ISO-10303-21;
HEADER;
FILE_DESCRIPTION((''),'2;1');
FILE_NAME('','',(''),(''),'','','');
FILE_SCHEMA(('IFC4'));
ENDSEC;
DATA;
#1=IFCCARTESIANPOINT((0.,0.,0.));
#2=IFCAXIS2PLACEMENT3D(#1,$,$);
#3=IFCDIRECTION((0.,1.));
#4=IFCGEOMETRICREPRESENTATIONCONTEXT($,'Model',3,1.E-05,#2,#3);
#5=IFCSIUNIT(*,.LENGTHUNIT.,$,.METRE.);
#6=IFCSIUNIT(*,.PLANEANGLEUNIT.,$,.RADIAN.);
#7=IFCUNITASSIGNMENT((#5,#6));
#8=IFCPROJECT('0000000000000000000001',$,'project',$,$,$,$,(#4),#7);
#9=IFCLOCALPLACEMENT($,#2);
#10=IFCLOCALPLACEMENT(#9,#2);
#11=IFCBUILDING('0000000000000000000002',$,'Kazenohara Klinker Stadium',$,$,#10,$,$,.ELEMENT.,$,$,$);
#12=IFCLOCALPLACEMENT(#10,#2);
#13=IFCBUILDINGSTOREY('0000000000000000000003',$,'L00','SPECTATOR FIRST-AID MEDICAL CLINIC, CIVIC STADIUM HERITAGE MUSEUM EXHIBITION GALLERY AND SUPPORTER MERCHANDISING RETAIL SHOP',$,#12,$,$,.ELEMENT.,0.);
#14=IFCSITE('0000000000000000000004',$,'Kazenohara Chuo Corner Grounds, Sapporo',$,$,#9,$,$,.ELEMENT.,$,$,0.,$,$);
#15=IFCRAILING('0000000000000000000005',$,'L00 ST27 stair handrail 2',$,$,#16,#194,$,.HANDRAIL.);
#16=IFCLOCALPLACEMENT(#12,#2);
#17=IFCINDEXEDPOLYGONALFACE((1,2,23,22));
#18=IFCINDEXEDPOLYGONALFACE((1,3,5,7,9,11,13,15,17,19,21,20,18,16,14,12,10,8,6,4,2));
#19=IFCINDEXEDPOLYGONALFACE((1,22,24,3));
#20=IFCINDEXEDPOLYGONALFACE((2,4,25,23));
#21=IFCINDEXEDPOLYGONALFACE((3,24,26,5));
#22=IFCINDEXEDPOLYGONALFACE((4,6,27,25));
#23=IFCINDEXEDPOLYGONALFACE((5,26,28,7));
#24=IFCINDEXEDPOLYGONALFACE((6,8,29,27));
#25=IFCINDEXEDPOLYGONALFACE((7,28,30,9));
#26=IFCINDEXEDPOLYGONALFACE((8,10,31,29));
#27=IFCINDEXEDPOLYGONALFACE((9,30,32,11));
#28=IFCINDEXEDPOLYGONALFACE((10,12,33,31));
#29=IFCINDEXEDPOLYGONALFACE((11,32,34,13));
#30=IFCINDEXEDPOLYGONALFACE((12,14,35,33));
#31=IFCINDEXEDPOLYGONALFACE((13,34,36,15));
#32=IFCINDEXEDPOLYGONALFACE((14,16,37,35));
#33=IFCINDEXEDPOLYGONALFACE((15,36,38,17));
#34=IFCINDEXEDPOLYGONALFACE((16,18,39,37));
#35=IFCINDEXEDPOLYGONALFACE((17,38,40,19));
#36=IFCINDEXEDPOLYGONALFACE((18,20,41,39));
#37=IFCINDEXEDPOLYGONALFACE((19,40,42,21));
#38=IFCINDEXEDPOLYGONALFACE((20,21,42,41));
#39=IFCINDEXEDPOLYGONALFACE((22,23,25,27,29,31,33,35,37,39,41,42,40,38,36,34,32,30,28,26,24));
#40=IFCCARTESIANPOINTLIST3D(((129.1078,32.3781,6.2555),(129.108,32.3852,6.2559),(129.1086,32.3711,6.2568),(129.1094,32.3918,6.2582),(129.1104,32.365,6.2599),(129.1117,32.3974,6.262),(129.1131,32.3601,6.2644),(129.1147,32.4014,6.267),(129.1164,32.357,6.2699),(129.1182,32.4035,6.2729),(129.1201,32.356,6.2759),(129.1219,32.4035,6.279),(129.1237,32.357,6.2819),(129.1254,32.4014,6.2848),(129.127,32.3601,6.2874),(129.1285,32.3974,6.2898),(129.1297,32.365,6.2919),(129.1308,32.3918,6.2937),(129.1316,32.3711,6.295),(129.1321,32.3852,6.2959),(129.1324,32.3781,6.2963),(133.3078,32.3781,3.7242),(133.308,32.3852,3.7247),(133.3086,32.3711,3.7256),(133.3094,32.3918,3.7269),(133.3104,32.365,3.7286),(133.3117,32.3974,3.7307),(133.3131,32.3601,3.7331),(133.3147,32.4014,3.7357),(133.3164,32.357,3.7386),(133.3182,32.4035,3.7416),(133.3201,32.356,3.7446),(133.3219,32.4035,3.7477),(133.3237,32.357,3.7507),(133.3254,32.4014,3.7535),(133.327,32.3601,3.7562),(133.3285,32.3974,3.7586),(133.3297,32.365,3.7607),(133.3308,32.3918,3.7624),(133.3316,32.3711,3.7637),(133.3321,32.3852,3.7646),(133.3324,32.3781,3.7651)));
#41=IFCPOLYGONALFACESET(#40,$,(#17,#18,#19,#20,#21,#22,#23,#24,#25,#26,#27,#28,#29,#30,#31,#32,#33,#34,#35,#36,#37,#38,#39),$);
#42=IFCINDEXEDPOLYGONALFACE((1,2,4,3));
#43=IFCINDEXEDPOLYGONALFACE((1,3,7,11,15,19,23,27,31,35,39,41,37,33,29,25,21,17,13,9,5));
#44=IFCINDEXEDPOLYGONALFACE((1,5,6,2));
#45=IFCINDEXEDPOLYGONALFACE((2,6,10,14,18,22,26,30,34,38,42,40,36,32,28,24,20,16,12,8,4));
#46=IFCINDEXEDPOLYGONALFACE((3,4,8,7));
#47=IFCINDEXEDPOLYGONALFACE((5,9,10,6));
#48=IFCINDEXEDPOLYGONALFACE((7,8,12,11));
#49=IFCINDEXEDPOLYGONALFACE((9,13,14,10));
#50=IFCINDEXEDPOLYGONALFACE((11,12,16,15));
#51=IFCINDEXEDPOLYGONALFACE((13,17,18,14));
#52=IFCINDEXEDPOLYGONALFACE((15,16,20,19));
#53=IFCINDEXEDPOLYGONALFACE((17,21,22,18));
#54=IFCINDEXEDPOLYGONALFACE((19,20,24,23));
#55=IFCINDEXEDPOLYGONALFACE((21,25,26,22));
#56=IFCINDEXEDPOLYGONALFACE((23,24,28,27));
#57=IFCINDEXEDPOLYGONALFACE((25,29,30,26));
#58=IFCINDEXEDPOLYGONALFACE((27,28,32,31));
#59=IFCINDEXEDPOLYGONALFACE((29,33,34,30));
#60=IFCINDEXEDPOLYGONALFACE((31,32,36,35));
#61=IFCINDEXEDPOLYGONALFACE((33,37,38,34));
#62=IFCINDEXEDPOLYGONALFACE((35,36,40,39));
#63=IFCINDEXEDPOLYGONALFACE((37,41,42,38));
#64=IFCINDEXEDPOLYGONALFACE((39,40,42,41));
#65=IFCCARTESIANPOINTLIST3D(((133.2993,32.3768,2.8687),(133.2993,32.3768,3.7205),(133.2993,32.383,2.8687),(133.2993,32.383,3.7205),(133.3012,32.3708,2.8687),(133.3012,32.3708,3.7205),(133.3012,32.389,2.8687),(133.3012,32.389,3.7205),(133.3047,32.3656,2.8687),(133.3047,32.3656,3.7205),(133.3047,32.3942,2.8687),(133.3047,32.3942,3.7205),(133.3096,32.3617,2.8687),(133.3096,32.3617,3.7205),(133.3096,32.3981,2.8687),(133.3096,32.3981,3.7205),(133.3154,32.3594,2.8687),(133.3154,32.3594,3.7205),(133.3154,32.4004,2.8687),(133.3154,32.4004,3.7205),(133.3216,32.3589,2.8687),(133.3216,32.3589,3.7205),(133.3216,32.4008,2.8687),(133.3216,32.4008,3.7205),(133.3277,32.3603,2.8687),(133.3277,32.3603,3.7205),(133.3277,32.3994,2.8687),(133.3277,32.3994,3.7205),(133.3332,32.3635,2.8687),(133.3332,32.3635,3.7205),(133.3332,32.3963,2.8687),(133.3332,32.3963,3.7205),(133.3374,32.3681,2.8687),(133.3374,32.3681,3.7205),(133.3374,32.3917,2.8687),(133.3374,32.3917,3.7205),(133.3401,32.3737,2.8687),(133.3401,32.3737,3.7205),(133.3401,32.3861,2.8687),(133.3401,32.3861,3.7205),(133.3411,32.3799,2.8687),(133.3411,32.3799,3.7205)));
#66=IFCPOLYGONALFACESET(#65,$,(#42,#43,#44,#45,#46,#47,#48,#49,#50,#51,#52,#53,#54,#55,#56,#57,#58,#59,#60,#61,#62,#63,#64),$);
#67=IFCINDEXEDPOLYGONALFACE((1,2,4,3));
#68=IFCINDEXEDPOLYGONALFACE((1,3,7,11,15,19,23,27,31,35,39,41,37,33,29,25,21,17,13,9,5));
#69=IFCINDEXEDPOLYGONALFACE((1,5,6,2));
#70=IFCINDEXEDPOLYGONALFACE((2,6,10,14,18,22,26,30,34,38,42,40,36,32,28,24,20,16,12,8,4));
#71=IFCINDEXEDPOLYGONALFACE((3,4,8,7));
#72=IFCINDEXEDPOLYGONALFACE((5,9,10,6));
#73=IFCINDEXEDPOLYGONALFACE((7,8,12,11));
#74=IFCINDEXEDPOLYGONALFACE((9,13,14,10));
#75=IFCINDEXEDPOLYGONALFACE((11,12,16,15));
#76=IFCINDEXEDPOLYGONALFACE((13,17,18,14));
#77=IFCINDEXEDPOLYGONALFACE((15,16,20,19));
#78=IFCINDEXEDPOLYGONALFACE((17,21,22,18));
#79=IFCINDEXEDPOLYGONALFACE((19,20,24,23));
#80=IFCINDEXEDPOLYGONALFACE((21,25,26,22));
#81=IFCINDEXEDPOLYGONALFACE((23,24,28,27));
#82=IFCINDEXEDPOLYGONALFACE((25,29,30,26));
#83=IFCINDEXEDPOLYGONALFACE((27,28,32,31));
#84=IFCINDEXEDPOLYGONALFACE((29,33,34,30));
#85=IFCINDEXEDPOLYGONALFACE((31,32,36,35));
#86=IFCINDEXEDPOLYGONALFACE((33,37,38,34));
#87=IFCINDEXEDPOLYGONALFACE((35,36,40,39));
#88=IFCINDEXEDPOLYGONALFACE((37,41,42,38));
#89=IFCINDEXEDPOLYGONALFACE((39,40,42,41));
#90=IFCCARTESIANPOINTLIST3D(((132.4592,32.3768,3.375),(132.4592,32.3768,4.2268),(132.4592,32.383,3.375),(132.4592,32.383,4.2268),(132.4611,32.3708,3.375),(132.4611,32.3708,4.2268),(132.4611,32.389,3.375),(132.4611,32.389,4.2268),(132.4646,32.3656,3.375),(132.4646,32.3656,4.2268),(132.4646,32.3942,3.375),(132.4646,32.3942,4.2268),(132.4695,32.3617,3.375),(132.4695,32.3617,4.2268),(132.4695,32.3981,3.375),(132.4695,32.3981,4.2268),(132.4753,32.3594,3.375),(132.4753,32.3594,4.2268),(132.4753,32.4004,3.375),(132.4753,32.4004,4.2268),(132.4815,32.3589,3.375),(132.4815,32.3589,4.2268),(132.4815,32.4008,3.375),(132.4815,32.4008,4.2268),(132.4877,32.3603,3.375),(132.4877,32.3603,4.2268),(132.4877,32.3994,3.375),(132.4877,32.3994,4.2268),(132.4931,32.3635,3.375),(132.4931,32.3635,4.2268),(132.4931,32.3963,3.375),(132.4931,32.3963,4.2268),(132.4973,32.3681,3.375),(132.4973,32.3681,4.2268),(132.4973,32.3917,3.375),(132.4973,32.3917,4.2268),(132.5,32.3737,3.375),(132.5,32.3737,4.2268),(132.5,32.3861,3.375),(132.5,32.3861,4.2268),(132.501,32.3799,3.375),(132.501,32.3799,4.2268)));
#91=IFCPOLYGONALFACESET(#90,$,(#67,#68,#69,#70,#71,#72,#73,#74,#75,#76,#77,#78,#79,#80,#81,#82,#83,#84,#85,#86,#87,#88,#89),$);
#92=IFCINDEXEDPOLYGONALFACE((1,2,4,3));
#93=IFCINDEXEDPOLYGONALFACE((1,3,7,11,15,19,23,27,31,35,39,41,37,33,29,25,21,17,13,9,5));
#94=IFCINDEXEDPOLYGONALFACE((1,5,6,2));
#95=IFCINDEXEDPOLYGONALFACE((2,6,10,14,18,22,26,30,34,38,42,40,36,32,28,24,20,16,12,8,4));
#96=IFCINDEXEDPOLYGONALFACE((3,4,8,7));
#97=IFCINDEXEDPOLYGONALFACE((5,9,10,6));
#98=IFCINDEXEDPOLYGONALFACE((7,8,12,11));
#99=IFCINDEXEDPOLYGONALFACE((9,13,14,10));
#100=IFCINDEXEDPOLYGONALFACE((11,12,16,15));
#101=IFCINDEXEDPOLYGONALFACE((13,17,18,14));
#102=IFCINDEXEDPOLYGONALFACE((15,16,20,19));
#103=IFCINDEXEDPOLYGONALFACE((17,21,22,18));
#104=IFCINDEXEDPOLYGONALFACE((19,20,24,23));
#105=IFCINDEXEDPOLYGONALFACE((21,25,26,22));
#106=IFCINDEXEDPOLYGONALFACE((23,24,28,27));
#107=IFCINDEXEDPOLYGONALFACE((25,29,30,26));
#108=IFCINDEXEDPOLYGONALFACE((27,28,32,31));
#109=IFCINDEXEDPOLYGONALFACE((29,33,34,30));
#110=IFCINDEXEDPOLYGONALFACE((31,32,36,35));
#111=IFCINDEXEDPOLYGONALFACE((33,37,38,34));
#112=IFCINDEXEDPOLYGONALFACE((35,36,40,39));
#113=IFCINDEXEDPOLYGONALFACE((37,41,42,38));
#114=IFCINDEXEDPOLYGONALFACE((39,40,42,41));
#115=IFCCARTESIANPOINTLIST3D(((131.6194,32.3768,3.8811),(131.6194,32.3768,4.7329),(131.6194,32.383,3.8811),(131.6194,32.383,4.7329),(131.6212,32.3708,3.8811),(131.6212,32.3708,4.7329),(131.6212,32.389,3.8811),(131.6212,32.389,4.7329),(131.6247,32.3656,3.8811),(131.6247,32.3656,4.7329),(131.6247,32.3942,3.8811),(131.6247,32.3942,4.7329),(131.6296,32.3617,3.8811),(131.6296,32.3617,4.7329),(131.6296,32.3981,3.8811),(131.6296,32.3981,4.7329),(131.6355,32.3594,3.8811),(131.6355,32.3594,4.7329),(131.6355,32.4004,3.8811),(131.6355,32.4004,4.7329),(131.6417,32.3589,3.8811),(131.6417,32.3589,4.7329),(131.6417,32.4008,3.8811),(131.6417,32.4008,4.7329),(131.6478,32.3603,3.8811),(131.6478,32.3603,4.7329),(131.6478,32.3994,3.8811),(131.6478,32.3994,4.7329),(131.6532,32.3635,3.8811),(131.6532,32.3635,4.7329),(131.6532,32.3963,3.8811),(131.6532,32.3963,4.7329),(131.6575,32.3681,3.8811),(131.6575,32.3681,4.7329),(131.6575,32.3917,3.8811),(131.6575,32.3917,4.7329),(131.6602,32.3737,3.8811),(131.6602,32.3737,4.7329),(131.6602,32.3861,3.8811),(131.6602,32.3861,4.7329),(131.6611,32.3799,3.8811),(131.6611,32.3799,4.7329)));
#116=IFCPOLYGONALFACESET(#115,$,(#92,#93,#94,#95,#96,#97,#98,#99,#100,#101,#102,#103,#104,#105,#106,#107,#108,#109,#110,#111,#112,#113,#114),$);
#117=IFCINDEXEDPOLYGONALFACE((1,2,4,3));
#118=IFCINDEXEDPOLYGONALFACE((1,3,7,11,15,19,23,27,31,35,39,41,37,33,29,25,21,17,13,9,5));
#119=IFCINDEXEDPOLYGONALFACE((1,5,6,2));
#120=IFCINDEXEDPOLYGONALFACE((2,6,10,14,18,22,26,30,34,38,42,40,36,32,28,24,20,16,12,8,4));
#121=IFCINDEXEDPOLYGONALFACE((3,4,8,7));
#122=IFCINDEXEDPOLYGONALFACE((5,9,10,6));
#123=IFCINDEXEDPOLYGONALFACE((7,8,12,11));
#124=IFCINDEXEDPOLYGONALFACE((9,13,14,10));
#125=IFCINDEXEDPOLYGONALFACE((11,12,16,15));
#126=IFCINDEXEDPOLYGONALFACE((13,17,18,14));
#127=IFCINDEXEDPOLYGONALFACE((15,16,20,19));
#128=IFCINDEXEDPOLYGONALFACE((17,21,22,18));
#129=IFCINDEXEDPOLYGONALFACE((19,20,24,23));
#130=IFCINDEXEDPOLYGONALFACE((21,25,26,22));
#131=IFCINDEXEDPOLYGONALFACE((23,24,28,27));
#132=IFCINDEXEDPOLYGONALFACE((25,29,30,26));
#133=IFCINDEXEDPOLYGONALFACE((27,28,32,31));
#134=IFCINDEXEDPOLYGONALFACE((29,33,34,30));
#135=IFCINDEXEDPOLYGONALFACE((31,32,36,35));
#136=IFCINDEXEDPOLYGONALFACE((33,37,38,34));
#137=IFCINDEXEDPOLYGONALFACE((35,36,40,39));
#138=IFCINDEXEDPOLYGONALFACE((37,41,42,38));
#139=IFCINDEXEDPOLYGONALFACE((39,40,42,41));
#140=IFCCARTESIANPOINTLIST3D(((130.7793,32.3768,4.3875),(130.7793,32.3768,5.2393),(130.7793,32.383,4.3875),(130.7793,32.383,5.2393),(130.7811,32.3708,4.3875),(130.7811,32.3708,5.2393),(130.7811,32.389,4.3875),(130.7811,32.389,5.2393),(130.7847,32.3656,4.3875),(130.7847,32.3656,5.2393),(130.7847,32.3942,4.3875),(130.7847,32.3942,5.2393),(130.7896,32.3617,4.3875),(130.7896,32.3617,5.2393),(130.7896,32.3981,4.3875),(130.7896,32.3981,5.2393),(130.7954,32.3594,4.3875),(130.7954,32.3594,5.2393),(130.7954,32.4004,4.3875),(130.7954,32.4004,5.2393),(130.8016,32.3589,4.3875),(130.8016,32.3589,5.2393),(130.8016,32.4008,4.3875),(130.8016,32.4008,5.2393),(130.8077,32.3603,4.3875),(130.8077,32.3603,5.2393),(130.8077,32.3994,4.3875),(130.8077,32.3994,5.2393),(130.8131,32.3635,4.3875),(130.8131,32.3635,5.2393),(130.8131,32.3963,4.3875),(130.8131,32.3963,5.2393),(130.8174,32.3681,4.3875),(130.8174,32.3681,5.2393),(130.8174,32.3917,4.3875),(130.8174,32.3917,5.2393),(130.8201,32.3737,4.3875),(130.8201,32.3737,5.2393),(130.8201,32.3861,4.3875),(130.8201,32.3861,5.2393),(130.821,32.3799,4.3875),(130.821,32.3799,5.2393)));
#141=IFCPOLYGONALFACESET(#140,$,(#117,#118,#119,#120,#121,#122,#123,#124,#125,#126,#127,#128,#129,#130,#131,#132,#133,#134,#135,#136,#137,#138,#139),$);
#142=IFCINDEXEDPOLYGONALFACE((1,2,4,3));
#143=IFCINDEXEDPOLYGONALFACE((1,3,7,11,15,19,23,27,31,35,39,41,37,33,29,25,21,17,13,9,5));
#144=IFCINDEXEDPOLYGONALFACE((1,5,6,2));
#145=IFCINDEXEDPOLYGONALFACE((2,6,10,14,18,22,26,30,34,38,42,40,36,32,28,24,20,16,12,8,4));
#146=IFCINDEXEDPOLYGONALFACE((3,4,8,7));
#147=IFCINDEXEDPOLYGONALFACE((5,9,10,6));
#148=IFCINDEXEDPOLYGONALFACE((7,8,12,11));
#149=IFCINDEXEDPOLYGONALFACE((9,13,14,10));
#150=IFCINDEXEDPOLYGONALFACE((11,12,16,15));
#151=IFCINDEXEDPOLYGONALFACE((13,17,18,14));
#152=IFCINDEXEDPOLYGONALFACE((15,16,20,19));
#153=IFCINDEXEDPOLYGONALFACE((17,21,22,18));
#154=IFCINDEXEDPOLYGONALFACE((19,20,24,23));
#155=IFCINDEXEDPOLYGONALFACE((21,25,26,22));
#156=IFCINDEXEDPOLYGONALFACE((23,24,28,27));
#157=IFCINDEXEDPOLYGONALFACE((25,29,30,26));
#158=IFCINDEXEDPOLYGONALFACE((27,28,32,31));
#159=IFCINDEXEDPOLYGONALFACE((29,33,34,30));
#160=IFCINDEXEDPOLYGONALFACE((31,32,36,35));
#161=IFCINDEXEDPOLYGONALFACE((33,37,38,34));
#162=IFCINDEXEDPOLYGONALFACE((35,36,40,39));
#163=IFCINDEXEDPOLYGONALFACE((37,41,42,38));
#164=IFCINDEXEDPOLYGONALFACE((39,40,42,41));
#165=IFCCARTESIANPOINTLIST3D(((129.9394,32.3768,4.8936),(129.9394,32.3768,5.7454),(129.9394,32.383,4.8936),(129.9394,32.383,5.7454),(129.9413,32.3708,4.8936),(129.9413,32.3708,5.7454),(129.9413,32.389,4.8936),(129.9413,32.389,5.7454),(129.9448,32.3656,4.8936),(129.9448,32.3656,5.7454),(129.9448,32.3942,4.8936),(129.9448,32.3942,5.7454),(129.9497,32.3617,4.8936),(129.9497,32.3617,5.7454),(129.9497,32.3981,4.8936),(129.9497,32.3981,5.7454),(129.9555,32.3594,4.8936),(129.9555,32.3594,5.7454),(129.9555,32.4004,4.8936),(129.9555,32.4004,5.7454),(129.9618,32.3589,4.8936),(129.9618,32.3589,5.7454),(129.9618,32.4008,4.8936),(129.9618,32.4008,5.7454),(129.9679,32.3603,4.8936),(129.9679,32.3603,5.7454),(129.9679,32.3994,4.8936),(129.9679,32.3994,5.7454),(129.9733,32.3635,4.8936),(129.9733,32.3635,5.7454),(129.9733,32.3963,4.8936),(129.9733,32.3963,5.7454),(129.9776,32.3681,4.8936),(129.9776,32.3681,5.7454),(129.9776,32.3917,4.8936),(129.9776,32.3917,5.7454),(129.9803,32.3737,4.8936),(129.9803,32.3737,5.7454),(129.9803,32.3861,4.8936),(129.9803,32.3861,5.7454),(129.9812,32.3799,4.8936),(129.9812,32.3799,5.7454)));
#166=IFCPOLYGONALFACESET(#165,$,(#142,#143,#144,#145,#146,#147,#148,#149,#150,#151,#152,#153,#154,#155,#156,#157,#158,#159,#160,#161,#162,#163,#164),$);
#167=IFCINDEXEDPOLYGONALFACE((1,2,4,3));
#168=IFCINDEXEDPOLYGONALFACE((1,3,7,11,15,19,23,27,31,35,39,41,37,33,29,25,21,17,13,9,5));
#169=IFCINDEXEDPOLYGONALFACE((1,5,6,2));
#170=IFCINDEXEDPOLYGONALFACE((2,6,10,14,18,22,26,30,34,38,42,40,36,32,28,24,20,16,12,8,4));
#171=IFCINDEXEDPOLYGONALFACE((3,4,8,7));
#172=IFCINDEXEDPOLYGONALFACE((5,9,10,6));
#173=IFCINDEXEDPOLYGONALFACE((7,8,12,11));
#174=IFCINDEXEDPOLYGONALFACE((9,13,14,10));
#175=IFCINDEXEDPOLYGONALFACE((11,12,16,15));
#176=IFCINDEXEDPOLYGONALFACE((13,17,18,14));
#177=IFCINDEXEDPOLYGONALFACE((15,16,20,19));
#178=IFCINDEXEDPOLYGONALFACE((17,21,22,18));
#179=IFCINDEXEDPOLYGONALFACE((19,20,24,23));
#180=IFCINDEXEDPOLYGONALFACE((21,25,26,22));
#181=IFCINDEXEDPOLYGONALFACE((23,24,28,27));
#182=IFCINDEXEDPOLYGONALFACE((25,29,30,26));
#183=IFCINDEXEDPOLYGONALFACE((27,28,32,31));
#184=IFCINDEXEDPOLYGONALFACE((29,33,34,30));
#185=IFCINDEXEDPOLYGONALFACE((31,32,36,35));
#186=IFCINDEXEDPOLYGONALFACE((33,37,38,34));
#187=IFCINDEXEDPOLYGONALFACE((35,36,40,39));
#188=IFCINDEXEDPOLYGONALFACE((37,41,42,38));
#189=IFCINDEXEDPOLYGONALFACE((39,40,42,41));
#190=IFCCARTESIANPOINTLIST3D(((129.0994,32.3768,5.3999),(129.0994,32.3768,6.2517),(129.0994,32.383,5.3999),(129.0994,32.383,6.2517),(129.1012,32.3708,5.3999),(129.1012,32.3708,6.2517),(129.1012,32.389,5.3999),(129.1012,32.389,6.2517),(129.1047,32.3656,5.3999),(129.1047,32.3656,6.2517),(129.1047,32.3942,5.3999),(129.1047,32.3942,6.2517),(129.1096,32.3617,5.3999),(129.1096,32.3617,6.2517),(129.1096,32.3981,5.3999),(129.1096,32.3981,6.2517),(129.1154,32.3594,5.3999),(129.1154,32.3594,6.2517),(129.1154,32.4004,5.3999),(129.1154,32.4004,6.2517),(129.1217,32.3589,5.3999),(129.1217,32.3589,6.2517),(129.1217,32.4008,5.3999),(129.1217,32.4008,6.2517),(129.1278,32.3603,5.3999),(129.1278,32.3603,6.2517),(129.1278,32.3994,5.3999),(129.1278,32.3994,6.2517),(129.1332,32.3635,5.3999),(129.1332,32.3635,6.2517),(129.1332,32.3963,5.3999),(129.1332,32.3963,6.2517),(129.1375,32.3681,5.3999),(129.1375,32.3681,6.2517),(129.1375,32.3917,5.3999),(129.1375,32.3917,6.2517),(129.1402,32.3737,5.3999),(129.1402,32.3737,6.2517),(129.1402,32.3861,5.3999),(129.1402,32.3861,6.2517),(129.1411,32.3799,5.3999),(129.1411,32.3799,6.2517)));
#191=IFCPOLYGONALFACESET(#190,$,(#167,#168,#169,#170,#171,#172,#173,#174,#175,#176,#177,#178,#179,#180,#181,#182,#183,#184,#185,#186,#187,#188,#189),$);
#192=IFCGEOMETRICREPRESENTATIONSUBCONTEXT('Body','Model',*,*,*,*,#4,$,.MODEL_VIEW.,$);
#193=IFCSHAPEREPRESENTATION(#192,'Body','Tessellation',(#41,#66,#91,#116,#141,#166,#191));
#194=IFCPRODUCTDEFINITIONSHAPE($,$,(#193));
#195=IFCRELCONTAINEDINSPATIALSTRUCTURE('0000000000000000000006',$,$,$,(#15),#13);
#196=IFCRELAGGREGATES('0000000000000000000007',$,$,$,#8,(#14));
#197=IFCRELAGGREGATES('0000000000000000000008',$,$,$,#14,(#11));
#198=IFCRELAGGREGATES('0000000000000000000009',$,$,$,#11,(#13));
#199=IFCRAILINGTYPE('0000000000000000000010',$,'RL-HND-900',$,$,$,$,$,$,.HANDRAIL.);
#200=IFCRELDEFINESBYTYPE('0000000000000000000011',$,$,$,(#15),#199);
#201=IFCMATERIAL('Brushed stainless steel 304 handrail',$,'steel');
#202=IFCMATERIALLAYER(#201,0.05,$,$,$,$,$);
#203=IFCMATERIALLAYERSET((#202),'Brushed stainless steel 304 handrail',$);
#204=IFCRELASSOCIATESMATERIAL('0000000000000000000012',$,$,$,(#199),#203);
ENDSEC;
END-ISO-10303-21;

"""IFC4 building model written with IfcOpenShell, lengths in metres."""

from ifc_helpers import new_model, si_unit, direction, frame, origin, origin_2d, place, context, subcontext, project, spatial, circle, extrude, material, layer, layer_set, type_object, element, save


model = new_model("IFC4")

# Units and contexts
model_context = context("Model", 3, precision=1e-05, world=origin(), true_north=direction((0.0, 1.0)))
body_context = subcontext(model_context, "Body", "Model", "MODEL_VIEW")
ifc_project = project(units=[si_unit("LENGTHUNIT", "METRE"), si_unit("PLANEANGLEUNIT", "RADIAN")], contexts=[model_context])

# Site, building, storey
site_placement = place(None, origin())
site = spatial("IfcSite", under=ifc_project, at=site_placement, Name="Kazenohara Chuo Corner Grounds, Sapporo", CompositionType="ELEMENT", RefElevation=0.0)
building_placement = place(site_placement, origin())
building = spatial("IfcBuilding", under=site, at=building_placement, Name="Kazenohara Klinker Stadium", CompositionType="ELEMENT")
storey_placement = place(building_placement, origin())
storey = spatial("IfcBuildingStorey", under=building, at=storey_placement, Name="L00", Description="SPECTATOR FIRST-AID MEDICAL CLINIC, CIVIC STADIUM HERITAGE MUSEUM EXHIBITION GALLERY AND SUPPORTER MERCHANDISING RETAIL SHOP", CompositionType="ELEMENT", Elevation=0.0)

# Railing
ifc_material_1 = material(Name="Brushed stainless steel 304 handrail", Category="steel")
ifc_layer_1 = layer(ifc_material_1, 0.05)
ifc_layer_set_1 = layer_set([ifc_layer_1], Name="Brushed stainless steel 304 handrail")
railing_type_1 = type_object("IfcRailingType", Name="RL-HND-900", PredefinedType="HANDRAIL", material=ifc_layer_set_1)
railing_1_placement = place(storey_placement, frame((133.3201, 32.3799, 2.8687)))
element("IfcRailing", 1, at=railing_1_placement, inside=storey, type_object=railing_type_1, Name="L00 ST27 stair handrail 2", PredefinedType="HANDRAIL", context=body_context, shape_type="SweptSolid", body=[
    extrude(circle(Radius=0.0239, at=origin_2d()), frame((0.0, 0.0, 0.876), z_axis=(-0.856476, 0.0, 0.516186), x_axis=(0.0, -1.0, 0.0)), (0.0, 0.0, 1.0), 4.9038),
    extrude(circle(Radius=0.021, at=origin_2d()), origin(), (0.0, 0.0, 1.0), 0.8518),
    extrude(circle(Radius=0.021, at=origin_2d()), frame((-0.8401, 0.0, 0.5063)), (0.0, 0.0, 1.0), 0.8518),
    extrude(circle(Radius=0.021, at=origin_2d()), frame((-1.6799, 0.0, 1.0125)), (0.0, 0.0, 1.0), 0.8518),
    extrude(circle(Radius=0.021, at=origin_2d()), frame((-2.52, 0.0, 1.5188)), (0.0, 0.0, 1.0), 0.8518),
    extrude(circle(Radius=0.021, at=origin_2d()), frame((-3.3599, 0.0, 2.0249)), (0.0, 0.0, 1.0), 0.8518),
    extrude(circle(Radius=0.021, at=origin_2d()), frame((-4.2, 0.0, 2.5312)), (0.0, 0.0, 1.0), 0.8518),
])

save(model, "model.ifc")
